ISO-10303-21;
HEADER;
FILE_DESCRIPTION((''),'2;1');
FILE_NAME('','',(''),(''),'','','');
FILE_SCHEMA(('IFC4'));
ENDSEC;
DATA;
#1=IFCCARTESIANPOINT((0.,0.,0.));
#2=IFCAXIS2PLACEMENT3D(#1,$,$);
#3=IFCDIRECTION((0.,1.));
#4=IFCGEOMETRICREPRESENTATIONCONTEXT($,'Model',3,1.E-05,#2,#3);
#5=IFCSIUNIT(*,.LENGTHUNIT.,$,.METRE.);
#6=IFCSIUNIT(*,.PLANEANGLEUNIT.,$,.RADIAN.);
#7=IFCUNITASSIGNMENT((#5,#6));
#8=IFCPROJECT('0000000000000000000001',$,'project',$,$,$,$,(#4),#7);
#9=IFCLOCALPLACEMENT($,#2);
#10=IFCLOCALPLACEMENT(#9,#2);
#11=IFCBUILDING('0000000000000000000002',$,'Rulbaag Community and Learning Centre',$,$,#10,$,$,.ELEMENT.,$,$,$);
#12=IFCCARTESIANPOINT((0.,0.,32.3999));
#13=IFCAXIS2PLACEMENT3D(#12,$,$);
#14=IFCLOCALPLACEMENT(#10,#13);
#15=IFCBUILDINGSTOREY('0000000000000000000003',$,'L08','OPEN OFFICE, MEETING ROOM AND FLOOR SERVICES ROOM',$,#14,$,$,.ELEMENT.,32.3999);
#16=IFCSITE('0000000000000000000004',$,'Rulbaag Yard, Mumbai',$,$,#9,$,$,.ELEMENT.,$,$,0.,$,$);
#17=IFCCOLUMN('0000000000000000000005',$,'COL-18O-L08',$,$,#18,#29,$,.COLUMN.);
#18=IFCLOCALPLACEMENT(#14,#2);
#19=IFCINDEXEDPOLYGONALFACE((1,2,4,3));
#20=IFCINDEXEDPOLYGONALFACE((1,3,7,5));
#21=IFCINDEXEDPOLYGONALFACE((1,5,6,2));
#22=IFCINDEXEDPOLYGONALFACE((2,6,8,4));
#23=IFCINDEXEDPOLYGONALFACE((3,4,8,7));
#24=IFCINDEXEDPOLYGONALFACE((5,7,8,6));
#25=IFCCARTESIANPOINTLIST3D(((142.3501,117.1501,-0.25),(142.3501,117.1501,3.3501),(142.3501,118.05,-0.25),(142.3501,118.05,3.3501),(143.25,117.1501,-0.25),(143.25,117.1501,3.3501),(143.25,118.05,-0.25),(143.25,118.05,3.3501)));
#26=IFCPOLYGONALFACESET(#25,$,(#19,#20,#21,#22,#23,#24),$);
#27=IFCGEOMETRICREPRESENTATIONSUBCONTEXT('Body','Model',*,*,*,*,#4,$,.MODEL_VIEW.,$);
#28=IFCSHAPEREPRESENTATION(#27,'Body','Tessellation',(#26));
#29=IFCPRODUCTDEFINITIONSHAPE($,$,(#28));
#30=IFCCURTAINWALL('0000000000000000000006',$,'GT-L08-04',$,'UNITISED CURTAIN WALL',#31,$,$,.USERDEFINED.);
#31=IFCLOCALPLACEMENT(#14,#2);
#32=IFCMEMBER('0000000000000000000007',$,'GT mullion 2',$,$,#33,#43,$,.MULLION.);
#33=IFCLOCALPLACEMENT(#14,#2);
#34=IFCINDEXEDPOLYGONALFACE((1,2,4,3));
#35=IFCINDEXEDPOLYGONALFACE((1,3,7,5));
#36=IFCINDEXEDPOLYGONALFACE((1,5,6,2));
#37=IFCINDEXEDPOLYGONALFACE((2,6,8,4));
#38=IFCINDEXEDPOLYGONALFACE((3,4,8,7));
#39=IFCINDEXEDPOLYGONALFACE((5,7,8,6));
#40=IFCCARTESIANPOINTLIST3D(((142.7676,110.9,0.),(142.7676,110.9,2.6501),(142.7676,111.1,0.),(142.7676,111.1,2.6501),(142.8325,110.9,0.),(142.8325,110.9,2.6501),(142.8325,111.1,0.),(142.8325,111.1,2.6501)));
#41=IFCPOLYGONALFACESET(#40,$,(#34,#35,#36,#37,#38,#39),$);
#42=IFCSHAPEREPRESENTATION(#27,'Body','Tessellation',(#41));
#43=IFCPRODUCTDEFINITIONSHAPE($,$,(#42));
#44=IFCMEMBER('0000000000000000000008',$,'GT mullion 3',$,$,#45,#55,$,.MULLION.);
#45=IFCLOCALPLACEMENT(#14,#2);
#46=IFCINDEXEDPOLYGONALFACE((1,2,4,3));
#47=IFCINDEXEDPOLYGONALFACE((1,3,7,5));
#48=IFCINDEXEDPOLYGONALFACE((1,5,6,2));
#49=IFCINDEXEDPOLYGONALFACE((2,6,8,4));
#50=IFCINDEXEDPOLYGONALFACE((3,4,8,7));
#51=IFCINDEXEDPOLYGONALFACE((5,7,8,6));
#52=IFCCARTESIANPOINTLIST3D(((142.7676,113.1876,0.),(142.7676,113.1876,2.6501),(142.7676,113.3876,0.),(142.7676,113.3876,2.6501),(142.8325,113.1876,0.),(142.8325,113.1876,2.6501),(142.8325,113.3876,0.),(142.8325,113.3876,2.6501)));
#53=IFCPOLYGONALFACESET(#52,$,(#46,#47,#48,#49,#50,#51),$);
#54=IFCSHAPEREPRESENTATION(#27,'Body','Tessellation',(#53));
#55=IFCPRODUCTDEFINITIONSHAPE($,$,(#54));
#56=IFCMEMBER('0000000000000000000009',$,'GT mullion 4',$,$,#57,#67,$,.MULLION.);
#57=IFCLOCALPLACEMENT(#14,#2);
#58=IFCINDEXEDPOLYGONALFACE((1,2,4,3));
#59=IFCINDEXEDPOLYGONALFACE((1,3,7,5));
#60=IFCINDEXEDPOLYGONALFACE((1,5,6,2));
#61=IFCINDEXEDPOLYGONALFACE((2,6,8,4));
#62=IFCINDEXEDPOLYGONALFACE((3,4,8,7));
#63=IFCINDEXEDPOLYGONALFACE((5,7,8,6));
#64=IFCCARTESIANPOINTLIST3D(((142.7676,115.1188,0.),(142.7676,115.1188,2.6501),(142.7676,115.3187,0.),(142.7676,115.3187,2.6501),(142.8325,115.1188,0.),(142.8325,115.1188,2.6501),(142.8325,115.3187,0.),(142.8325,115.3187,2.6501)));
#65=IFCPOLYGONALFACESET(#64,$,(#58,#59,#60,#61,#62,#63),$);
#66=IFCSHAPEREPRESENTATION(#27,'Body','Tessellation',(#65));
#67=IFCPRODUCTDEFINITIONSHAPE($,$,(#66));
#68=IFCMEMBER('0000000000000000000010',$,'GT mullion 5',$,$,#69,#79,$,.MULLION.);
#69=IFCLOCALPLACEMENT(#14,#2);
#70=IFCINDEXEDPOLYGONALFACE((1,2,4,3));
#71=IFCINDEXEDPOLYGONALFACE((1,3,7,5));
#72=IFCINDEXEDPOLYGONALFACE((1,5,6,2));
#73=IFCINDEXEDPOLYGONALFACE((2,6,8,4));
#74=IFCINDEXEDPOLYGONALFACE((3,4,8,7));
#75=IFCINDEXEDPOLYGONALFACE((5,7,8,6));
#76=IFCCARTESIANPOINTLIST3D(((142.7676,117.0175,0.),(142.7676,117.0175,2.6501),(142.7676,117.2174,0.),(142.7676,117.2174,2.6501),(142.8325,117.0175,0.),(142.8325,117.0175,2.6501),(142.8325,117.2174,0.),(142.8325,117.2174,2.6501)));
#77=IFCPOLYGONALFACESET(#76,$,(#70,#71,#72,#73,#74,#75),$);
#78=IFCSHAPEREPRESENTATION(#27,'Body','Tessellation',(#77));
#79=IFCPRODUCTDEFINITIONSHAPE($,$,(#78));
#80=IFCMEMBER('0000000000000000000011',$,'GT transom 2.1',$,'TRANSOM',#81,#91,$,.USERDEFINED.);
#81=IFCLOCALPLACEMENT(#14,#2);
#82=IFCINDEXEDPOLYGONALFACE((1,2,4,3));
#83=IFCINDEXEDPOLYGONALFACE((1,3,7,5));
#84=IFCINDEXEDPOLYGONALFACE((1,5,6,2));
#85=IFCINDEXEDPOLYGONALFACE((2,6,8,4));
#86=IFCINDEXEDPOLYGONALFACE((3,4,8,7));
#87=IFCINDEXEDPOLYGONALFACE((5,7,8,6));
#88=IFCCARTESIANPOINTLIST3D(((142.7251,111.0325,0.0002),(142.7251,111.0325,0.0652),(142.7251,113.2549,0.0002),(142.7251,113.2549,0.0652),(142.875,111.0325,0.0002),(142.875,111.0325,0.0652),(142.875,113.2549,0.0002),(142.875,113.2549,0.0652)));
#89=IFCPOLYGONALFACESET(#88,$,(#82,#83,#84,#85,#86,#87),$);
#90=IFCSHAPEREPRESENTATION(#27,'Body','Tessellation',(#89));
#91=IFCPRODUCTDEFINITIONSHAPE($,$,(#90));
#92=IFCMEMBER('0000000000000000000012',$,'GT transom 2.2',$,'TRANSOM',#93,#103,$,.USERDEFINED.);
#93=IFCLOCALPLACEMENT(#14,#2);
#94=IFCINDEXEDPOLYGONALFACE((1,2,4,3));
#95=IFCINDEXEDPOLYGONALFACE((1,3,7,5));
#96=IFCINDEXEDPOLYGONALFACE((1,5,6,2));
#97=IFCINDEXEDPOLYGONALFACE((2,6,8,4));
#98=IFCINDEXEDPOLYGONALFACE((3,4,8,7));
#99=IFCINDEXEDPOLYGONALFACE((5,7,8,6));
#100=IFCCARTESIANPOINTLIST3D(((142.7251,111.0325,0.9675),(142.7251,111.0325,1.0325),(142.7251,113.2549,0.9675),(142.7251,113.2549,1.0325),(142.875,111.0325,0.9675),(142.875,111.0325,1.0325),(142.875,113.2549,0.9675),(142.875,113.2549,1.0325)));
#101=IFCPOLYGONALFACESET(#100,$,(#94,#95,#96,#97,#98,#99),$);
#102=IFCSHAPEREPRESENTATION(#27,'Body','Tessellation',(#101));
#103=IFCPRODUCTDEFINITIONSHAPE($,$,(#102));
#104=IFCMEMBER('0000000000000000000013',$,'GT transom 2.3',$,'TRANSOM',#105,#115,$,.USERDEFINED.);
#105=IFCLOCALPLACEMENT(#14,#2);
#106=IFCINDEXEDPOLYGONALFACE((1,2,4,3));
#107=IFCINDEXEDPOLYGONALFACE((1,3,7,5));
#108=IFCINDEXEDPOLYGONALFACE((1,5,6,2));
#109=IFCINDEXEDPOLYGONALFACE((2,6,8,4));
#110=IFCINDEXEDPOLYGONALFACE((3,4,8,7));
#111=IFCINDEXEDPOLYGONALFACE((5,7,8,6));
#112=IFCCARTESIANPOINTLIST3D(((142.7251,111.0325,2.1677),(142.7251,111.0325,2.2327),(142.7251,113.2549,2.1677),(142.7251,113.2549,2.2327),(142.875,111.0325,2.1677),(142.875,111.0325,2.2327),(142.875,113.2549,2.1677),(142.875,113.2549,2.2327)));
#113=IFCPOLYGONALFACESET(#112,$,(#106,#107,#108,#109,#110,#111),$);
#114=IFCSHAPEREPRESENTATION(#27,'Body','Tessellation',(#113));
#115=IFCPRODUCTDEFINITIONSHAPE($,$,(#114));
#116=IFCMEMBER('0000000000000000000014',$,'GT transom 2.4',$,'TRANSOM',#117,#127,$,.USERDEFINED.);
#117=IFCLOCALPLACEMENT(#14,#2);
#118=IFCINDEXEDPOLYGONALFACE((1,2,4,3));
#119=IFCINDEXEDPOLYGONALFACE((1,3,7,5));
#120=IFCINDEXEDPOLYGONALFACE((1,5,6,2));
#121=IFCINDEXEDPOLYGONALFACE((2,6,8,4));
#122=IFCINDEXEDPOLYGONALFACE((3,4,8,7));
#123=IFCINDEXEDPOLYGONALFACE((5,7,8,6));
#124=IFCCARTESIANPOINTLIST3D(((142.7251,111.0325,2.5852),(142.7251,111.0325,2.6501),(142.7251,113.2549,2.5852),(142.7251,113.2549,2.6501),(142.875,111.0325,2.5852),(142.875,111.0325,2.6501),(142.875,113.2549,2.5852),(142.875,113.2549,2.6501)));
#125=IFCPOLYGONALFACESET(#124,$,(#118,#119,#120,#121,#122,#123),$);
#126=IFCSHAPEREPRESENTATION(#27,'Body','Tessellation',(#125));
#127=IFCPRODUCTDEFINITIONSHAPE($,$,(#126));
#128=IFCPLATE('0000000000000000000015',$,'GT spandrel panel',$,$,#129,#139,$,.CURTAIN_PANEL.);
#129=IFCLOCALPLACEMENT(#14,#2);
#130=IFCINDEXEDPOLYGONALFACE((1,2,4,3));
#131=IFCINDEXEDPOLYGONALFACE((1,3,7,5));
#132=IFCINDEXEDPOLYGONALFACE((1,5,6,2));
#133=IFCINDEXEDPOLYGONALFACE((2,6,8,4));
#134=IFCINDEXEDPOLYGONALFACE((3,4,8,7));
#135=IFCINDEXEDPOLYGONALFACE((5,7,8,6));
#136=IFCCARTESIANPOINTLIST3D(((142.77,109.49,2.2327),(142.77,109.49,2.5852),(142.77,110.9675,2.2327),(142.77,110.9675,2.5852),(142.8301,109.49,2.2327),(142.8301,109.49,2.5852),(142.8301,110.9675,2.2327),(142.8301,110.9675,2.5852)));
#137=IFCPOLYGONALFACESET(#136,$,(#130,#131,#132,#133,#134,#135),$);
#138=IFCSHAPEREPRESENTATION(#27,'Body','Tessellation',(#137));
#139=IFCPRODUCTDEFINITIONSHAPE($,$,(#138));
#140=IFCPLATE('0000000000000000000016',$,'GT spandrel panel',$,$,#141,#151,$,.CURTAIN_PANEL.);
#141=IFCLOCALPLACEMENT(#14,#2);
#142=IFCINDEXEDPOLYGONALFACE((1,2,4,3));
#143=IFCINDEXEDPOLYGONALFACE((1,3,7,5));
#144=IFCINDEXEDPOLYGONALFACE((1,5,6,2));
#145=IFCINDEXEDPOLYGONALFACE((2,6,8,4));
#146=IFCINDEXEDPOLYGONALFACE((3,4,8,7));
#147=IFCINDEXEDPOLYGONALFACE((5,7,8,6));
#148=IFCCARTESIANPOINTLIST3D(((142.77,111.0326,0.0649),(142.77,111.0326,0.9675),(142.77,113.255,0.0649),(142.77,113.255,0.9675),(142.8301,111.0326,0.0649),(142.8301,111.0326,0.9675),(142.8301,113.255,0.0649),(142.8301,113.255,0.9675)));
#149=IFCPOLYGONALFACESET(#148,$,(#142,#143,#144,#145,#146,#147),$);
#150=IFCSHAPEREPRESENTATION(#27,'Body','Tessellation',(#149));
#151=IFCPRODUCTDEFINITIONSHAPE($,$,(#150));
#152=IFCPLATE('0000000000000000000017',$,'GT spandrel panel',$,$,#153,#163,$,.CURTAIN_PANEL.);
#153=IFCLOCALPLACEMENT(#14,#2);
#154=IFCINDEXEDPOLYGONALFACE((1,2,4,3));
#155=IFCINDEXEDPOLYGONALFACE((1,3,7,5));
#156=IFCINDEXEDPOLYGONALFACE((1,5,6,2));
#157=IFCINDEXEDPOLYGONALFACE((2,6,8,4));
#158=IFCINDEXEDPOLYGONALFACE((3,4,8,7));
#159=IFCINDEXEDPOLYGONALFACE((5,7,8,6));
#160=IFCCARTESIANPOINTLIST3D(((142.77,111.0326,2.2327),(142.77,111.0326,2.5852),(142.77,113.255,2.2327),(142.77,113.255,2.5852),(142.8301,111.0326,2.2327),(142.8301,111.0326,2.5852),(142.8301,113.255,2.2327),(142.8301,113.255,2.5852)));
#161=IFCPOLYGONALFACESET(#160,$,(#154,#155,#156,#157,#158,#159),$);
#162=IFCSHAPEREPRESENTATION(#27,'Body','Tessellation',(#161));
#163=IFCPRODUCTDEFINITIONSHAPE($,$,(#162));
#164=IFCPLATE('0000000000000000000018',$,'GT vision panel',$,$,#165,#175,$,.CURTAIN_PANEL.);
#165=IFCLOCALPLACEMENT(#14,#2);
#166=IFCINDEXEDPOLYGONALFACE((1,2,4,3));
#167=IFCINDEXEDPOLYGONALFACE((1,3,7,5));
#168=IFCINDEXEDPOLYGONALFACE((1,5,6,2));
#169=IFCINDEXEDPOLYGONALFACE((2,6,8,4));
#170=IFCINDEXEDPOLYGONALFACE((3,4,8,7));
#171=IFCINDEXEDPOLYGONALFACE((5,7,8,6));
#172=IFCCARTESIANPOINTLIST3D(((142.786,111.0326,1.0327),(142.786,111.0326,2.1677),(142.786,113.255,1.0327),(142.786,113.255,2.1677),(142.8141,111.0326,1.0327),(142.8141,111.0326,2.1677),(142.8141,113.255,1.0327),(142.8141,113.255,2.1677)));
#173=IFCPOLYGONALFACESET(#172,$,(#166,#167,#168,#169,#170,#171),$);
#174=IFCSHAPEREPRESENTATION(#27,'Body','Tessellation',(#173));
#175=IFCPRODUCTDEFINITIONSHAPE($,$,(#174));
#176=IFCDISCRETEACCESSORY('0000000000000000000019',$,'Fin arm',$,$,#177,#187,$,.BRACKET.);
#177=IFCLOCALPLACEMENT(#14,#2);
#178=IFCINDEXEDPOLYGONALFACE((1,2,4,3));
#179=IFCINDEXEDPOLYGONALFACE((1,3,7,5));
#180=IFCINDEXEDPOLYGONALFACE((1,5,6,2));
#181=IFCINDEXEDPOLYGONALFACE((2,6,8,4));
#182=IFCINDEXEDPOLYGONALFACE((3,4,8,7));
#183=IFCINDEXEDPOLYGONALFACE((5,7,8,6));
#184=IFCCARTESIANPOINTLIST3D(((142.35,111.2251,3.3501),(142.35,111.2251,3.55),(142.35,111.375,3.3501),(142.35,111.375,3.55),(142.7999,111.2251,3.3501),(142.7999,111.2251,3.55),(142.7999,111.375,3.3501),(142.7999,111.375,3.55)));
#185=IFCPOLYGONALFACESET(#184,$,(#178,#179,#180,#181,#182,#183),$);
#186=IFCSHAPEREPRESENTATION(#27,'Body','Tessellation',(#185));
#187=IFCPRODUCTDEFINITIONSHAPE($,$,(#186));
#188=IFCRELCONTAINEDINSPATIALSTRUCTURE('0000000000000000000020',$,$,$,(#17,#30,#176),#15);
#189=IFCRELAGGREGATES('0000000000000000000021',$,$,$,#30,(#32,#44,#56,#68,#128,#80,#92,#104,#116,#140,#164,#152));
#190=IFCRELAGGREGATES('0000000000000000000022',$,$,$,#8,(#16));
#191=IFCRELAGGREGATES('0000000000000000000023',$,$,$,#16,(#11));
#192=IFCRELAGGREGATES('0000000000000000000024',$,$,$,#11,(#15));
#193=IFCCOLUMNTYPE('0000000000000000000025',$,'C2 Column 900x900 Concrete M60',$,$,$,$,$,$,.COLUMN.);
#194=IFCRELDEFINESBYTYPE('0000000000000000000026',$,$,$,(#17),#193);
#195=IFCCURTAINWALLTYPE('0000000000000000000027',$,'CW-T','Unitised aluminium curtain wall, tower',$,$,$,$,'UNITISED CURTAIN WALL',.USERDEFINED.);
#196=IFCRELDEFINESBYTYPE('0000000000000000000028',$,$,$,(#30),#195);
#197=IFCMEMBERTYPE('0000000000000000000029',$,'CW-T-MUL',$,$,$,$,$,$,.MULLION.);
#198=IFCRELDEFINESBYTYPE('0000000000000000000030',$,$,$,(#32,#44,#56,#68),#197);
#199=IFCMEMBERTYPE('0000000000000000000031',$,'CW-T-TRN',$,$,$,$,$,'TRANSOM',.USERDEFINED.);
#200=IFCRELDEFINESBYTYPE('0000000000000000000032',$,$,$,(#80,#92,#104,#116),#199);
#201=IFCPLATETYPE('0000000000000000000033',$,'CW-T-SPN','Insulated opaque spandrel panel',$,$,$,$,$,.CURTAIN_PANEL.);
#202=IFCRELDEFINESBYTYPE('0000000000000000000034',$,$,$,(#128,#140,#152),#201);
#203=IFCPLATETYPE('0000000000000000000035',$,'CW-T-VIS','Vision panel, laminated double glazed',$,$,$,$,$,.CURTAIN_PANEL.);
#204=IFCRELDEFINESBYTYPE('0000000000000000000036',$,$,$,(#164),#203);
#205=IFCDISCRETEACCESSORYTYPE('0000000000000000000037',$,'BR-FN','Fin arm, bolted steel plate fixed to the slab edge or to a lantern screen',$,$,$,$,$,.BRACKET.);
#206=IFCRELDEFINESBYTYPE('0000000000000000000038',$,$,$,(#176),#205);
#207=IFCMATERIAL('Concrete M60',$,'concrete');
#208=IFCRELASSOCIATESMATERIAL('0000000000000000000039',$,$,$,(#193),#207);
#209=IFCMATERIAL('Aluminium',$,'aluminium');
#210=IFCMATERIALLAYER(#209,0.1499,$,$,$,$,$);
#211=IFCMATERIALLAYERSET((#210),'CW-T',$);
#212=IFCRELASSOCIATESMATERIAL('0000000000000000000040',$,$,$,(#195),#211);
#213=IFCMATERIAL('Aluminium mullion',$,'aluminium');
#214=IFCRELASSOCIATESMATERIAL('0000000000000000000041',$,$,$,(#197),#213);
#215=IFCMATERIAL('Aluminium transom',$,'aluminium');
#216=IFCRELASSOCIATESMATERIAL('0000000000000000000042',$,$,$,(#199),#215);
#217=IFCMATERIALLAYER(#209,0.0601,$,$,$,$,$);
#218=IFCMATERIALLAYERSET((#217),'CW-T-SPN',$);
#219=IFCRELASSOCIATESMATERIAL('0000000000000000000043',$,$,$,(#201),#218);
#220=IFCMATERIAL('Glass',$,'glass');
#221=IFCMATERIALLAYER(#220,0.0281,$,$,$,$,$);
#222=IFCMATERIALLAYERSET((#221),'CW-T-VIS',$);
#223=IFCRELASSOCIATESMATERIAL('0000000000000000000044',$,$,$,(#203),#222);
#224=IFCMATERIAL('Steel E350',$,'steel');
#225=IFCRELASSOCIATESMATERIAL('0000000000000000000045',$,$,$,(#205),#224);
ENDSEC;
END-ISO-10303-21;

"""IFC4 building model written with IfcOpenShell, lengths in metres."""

from ifc_helpers import new_model, si_unit, direction, frame, origin, origin_2d, place, context, subcontext, project, spatial, rectangle, extrude, material, layer, layer_set, material_profile, profile_set, type_object, element, aggregate, save


model = new_model("IFC4")

# Units and contexts
model_context = context("Model", 3, precision=1e-05, world=origin(), true_north=direction((0.0, 1.0)))
body_context = subcontext(model_context, "Body", "Model", "MODEL_VIEW")
ifc_project = project(units=[si_unit("LENGTHUNIT", "METRE"), si_unit("PLANEANGLEUNIT", "RADIAN")], contexts=[model_context])

# Site, building, storey
site_placement = place(None, origin())
site = spatial("IfcSite", under=ifc_project, at=site_placement, Name="Rulbaag Yard, Mumbai", CompositionType="ELEMENT", RefElevation=0.0)
building_placement = place(site_placement, origin())
building = spatial("IfcBuilding", under=site, at=building_placement, Name="Rulbaag Community and Learning Centre", CompositionType="ELEMENT")
storey_placement = place(building_placement, frame((0.0, 0.0, 32.3999)))
storey = spatial("IfcBuildingStorey", under=building, at=storey_placement, Name="L08", Description="OPEN OFFICE, MEETING ROOM AND FLOOR SERVICES ROOM", CompositionType="ELEMENT", Elevation=32.3999)

# Column
ifc_material_1 = material(Name="Concrete M60", Category="concrete")
ifc_material_profile_1 = material_profile(ifc_material_1, rectangle(XDim=0.8999, YDim=0.8999, at=origin_2d()), Name="RC900x900")
ifc_profile_set_1 = profile_set([ifc_material_profile_1], Name="Concrete M60")
column_type = type_object("IfcColumnType", Name="C2 Column 900x900 Concrete M60", PredefinedType="COLUMN", material=ifc_profile_set_1)
column_placement = place(storey_placement, frame((142.8, 117.6001, -0.25), z_axis=(0.0, 0.0, 1.0), x_axis=(1.0, 0.0, 0.0)))
element("IfcColumn", 1, at=column_placement, inside=storey, type_object=column_type, Name="COL-18O-L08", PredefinedType="COLUMN", context=body_context, shape_type="SweptSolid", body=[
    extrude(rectangle(XDim=0.8999, YDim=0.8999, at=origin_2d()), origin(), (0.0, 0.0, 1.0), 3.6001),
])

# Curtain wall, members, plates
ifc_material_2 = material(Name="Aluminium", Category="aluminium")
ifc_layer_1 = layer(ifc_material_2, 0.1499)
ifc_layer_set_1 = layer_set([ifc_layer_1], Name="CW-T")
curtain_wall_type = type_object("IfcCurtainWallType", Name="CW-T", Description="Unitised aluminium curtain wall, tower", ElementType="UNITISED CURTAIN WALL", PredefinedType="USERDEFINED", material=ifc_layer_set_1)
curtain_wall_placement = place(storey_placement, origin())
curtain_wall = element("IfcCurtainWall", 2, at=curtain_wall_placement, inside=storey, type_object=curtain_wall_type, Name="GT-L08-04", ObjectType="UNITISED CURTAIN WALL", PredefinedType="USERDEFINED")
ifc_material_3 = material(Name="Aluminium mullion", Category="aluminium")
ifc_material_profile_2 = material_profile(ifc_material_3, rectangle(XDim=0.0649, YDim=0.2, at=origin_2d()), Name="AL 65x200")
ifc_profile_set_2 = profile_set([ifc_material_profile_2], Name="Aluminium mullion")
member_type_1 = type_object("IfcMemberType", Name="CW-T-MUL", PredefinedType="MULLION", material=ifc_profile_set_2)
member_1_placement = place(storey_placement, frame((142.8, 111.0, 0.0), z_axis=(0.0, 0.0, 1.0), x_axis=(-1.0, 0.0, 0.0)))
member_1 = element("IfcMember", 3, at=member_1_placement, type_object=member_type_1, Name="GT mullion 2", PredefinedType="MULLION", context=body_context, shape_type="SweptSolid", body=[
    extrude(rectangle(XDim=0.0649, YDim=0.2, at=origin_2d()), origin(), (0.0, 0.0, 1.0), 2.6501),
])
member_2_placement = place(storey_placement, frame((142.8, 113.2876, 0.0), z_axis=(0.0, 0.0, 1.0), x_axis=(-1.0, 0.0, 0.0)))
member_2 = element("IfcMember", 4, at=member_2_placement, type_object=member_type_1, Name="GT mullion 3", PredefinedType="MULLION", context=body_context, shape_type="SweptSolid", body=[
    extrude(rectangle(XDim=0.0649, YDim=0.2, at=origin_2d()), origin(), (0.0, 0.0, 1.0), 2.6501),
])
member_3_placement = place(storey_placement, frame((142.8, 115.2188, 0.0), z_axis=(0.0, 0.0, 1.0), x_axis=(-1.0, 0.0, 0.0)))
member_3 = element("IfcMember", 5, at=member_3_placement, type_object=member_type_1, Name="GT mullion 4", PredefinedType="MULLION", context=body_context, shape_type="SweptSolid", body=[
    extrude(rectangle(XDim=0.0649, YDim=0.2, at=origin_2d()), origin(), (0.0, 0.0, 1.0), 2.6501),
])
member_4_placement = place(storey_placement, frame((142.8, 117.1174, 0.0), z_axis=(0.0, 0.0, 1.0), x_axis=(-1.0, 0.0, 0.0)))
member_4 = element("IfcMember", 6, at=member_4_placement, type_object=member_type_1, Name="GT mullion 5", PredefinedType="MULLION", context=body_context, shape_type="SweptSolid", body=[
    extrude(rectangle(XDim=0.0649, YDim=0.2, at=origin_2d()), origin(), (0.0, 0.0, 1.0), 2.6501),
])
ifc_material_4 = material(Name="Aluminium transom", Category="aluminium")
ifc_material_profile_3 = material_profile(ifc_material_4, rectangle(XDim=0.1499, YDim=0.0649, at=origin_2d()), Name="AL 65x150 T")
ifc_profile_set_3 = profile_set([ifc_material_profile_3], Name="Aluminium transom")
member_type_2 = type_object("IfcMemberType", Name="CW-T-TRN", ElementType="TRANSOM", PredefinedType="USERDEFINED", material=ifc_profile_set_3)
member_5_placement = place(storey_placement, frame((142.8, 111.0325, 0.0327), z_axis=(0.0, 1.0, 0.0), x_axis=(-1.0, 0.0, 0.0)))
member_5 = element("IfcMember", 7, at=member_5_placement, type_object=member_type_2, Name="GT transom 2.1", ObjectType="TRANSOM", PredefinedType="USERDEFINED", context=body_context, shape_type="SweptSolid", body=[
    extrude(rectangle(XDim=0.1499, YDim=0.0649, at=origin_2d()), origin(), (0.0, 0.0, 1.0), 2.2224),
])
member_6_placement = place(storey_placement, frame((142.8, 111.0325, 1.0), z_axis=(0.0, 1.0, 0.0), x_axis=(-1.0, 0.0, 0.0)))
member_6 = element("IfcMember", 8, at=member_6_placement, type_object=member_type_2, Name="GT transom 2.2", ObjectType="TRANSOM", PredefinedType="USERDEFINED", context=body_context, shape_type="SweptSolid", body=[
    extrude(rectangle(XDim=0.1499, YDim=0.0649, at=origin_2d()), origin(), (0.0, 0.0, 1.0), 2.2224),
])
member_7_placement = place(storey_placement, frame((142.8, 111.0325, 2.2002), z_axis=(0.0, 1.0, 0.0), x_axis=(-1.0, 0.0, 0.0)))
member_7 = element("IfcMember", 9, at=member_7_placement, type_object=member_type_2, Name="GT transom 2.3", ObjectType="TRANSOM", PredefinedType="USERDEFINED", context=body_context, shape_type="SweptSolid", body=[
    extrude(rectangle(XDim=0.1499, YDim=0.0649, at=origin_2d()), origin(), (0.0, 0.0, 1.0), 2.2224),
])
member_8_placement = place(storey_placement, frame((142.8, 111.0325, 2.6177), z_axis=(0.0, 1.0, 0.0), x_axis=(-1.0, 0.0, 0.0)))
member_8 = element("IfcMember", 10, at=member_8_placement, type_object=member_type_2, Name="GT transom 2.4", ObjectType="TRANSOM", PredefinedType="USERDEFINED", context=body_context, shape_type="SweptSolid", body=[
    extrude(rectangle(XDim=0.1499, YDim=0.0649, at=origin_2d()), origin(), (0.0, 0.0, 1.0), 2.2224),
])
ifc_layer_2 = layer(ifc_material_2, 0.0601)
ifc_layer_set_2 = layer_set([ifc_layer_2], Name="CW-T-SPN")
plate_type_1 = type_object("IfcPlateType", Name="CW-T-SPN", Description="Insulated opaque spandrel panel", PredefinedType="CURTAIN_PANEL", material=ifc_layer_set_2)
plate_1_placement = place(storey_placement, frame((142.8, 110.2288, 2.2327), z_axis=(0.0, 0.0, 1.0), x_axis=(0.0, 1.0, 0.0)))
plate_1 = element("IfcPlate", 11, at=plate_1_placement, type_object=plate_type_1, Name="GT spandrel panel", PredefinedType="CURTAIN_PANEL", context=body_context, shape_type="SweptSolid", body=[
    extrude(rectangle(XDim=1.4775, YDim=0.0601, at=origin_2d()), origin(), (0.0, 0.0, 1.0), 0.3525),
])
plate_2_placement = place(storey_placement, frame((142.8, 112.1438, 0.0649), z_axis=(0.0, 0.0, 1.0), x_axis=(0.0, 1.0, 0.0)))
plate_2 = element("IfcPlate", 12, at=plate_2_placement, type_object=plate_type_1, Name="GT spandrel panel", PredefinedType="CURTAIN_PANEL", context=body_context, shape_type="SweptSolid", body=[
    extrude(rectangle(XDim=2.2224, YDim=0.0601, at=origin_2d()), origin(), (0.0, 0.0, 1.0), 0.9026),
])
plate_3_placement = place(storey_placement, frame((142.8, 112.1438, 2.2327), z_axis=(0.0, 0.0, 1.0), x_axis=(0.0, 1.0, 0.0)))
plate_3 = element("IfcPlate", 13, at=plate_3_placement, type_object=plate_type_1, Name="GT spandrel panel", PredefinedType="CURTAIN_PANEL", context=body_context, shape_type="SweptSolid", body=[
    extrude(rectangle(XDim=2.2224, YDim=0.0601, at=origin_2d()), origin(), (0.0, 0.0, 1.0), 0.3525),
])
ifc_material_5 = material(Name="Glass", Category="glass")
ifc_layer_3 = layer(ifc_material_5, 0.0281)
ifc_layer_set_3 = layer_set([ifc_layer_3], Name="CW-T-VIS")
plate_type_2 = type_object("IfcPlateType", Name="CW-T-VIS", Description="Vision panel, laminated double glazed", PredefinedType="CURTAIN_PANEL", material=ifc_layer_set_3)
plate_4_placement = place(storey_placement, frame((142.8, 112.1438, 1.0327), z_axis=(0.0, 0.0, 1.0), x_axis=(0.0, 1.0, 0.0)))
plate_4 = element("IfcPlate", 14, at=plate_4_placement, type_object=plate_type_2, Name="GT vision panel", PredefinedType="CURTAIN_PANEL", context=body_context, shape_type="SweptSolid", body=[
    extrude(rectangle(XDim=2.2224, YDim=0.0281, at=origin_2d()), origin(), (0.0, 0.0, 1.0), 1.135),
])
aggregate(curtain_wall, [member_1, member_2, member_3, member_4, plate_1, member_5, member_6, member_7, member_8, plate_2, plate_4, plate_3])

# Discrete accessory
ifc_material_6 = material(Name="Steel E350", Category="steel")
discrete_accessory_type = type_object("IfcDiscreteAccessoryType", Name="BR-FN", Description="Fin arm, bolted steel plate fixed to the slab edge or to a lantern screen", PredefinedType="BRACKET", material=ifc_material_6)
for number, where, z_axis, x_axis, name in (
    (15, (142.575, 111.3, 3.3501), (0.0, 0.0, 1.0), (1.0, 0.0, 0.0), "Fin arm"),
):
    element("IfcDiscreteAccessory", number, at=place(storey_placement, frame(where, z_axis=z_axis, x_axis=x_axis)), inside=storey, type_object=discrete_accessory_type, Name=name, PredefinedType="BRACKET", context=body_context, shape_type="SweptSolid", body=[
        extrude(rectangle(XDim=0.45, YDim=0.1499, at=origin_2d()), origin(), (0.0, 0.0, 1.0), 0.2),
    ])

save(model, "model.ifc")
